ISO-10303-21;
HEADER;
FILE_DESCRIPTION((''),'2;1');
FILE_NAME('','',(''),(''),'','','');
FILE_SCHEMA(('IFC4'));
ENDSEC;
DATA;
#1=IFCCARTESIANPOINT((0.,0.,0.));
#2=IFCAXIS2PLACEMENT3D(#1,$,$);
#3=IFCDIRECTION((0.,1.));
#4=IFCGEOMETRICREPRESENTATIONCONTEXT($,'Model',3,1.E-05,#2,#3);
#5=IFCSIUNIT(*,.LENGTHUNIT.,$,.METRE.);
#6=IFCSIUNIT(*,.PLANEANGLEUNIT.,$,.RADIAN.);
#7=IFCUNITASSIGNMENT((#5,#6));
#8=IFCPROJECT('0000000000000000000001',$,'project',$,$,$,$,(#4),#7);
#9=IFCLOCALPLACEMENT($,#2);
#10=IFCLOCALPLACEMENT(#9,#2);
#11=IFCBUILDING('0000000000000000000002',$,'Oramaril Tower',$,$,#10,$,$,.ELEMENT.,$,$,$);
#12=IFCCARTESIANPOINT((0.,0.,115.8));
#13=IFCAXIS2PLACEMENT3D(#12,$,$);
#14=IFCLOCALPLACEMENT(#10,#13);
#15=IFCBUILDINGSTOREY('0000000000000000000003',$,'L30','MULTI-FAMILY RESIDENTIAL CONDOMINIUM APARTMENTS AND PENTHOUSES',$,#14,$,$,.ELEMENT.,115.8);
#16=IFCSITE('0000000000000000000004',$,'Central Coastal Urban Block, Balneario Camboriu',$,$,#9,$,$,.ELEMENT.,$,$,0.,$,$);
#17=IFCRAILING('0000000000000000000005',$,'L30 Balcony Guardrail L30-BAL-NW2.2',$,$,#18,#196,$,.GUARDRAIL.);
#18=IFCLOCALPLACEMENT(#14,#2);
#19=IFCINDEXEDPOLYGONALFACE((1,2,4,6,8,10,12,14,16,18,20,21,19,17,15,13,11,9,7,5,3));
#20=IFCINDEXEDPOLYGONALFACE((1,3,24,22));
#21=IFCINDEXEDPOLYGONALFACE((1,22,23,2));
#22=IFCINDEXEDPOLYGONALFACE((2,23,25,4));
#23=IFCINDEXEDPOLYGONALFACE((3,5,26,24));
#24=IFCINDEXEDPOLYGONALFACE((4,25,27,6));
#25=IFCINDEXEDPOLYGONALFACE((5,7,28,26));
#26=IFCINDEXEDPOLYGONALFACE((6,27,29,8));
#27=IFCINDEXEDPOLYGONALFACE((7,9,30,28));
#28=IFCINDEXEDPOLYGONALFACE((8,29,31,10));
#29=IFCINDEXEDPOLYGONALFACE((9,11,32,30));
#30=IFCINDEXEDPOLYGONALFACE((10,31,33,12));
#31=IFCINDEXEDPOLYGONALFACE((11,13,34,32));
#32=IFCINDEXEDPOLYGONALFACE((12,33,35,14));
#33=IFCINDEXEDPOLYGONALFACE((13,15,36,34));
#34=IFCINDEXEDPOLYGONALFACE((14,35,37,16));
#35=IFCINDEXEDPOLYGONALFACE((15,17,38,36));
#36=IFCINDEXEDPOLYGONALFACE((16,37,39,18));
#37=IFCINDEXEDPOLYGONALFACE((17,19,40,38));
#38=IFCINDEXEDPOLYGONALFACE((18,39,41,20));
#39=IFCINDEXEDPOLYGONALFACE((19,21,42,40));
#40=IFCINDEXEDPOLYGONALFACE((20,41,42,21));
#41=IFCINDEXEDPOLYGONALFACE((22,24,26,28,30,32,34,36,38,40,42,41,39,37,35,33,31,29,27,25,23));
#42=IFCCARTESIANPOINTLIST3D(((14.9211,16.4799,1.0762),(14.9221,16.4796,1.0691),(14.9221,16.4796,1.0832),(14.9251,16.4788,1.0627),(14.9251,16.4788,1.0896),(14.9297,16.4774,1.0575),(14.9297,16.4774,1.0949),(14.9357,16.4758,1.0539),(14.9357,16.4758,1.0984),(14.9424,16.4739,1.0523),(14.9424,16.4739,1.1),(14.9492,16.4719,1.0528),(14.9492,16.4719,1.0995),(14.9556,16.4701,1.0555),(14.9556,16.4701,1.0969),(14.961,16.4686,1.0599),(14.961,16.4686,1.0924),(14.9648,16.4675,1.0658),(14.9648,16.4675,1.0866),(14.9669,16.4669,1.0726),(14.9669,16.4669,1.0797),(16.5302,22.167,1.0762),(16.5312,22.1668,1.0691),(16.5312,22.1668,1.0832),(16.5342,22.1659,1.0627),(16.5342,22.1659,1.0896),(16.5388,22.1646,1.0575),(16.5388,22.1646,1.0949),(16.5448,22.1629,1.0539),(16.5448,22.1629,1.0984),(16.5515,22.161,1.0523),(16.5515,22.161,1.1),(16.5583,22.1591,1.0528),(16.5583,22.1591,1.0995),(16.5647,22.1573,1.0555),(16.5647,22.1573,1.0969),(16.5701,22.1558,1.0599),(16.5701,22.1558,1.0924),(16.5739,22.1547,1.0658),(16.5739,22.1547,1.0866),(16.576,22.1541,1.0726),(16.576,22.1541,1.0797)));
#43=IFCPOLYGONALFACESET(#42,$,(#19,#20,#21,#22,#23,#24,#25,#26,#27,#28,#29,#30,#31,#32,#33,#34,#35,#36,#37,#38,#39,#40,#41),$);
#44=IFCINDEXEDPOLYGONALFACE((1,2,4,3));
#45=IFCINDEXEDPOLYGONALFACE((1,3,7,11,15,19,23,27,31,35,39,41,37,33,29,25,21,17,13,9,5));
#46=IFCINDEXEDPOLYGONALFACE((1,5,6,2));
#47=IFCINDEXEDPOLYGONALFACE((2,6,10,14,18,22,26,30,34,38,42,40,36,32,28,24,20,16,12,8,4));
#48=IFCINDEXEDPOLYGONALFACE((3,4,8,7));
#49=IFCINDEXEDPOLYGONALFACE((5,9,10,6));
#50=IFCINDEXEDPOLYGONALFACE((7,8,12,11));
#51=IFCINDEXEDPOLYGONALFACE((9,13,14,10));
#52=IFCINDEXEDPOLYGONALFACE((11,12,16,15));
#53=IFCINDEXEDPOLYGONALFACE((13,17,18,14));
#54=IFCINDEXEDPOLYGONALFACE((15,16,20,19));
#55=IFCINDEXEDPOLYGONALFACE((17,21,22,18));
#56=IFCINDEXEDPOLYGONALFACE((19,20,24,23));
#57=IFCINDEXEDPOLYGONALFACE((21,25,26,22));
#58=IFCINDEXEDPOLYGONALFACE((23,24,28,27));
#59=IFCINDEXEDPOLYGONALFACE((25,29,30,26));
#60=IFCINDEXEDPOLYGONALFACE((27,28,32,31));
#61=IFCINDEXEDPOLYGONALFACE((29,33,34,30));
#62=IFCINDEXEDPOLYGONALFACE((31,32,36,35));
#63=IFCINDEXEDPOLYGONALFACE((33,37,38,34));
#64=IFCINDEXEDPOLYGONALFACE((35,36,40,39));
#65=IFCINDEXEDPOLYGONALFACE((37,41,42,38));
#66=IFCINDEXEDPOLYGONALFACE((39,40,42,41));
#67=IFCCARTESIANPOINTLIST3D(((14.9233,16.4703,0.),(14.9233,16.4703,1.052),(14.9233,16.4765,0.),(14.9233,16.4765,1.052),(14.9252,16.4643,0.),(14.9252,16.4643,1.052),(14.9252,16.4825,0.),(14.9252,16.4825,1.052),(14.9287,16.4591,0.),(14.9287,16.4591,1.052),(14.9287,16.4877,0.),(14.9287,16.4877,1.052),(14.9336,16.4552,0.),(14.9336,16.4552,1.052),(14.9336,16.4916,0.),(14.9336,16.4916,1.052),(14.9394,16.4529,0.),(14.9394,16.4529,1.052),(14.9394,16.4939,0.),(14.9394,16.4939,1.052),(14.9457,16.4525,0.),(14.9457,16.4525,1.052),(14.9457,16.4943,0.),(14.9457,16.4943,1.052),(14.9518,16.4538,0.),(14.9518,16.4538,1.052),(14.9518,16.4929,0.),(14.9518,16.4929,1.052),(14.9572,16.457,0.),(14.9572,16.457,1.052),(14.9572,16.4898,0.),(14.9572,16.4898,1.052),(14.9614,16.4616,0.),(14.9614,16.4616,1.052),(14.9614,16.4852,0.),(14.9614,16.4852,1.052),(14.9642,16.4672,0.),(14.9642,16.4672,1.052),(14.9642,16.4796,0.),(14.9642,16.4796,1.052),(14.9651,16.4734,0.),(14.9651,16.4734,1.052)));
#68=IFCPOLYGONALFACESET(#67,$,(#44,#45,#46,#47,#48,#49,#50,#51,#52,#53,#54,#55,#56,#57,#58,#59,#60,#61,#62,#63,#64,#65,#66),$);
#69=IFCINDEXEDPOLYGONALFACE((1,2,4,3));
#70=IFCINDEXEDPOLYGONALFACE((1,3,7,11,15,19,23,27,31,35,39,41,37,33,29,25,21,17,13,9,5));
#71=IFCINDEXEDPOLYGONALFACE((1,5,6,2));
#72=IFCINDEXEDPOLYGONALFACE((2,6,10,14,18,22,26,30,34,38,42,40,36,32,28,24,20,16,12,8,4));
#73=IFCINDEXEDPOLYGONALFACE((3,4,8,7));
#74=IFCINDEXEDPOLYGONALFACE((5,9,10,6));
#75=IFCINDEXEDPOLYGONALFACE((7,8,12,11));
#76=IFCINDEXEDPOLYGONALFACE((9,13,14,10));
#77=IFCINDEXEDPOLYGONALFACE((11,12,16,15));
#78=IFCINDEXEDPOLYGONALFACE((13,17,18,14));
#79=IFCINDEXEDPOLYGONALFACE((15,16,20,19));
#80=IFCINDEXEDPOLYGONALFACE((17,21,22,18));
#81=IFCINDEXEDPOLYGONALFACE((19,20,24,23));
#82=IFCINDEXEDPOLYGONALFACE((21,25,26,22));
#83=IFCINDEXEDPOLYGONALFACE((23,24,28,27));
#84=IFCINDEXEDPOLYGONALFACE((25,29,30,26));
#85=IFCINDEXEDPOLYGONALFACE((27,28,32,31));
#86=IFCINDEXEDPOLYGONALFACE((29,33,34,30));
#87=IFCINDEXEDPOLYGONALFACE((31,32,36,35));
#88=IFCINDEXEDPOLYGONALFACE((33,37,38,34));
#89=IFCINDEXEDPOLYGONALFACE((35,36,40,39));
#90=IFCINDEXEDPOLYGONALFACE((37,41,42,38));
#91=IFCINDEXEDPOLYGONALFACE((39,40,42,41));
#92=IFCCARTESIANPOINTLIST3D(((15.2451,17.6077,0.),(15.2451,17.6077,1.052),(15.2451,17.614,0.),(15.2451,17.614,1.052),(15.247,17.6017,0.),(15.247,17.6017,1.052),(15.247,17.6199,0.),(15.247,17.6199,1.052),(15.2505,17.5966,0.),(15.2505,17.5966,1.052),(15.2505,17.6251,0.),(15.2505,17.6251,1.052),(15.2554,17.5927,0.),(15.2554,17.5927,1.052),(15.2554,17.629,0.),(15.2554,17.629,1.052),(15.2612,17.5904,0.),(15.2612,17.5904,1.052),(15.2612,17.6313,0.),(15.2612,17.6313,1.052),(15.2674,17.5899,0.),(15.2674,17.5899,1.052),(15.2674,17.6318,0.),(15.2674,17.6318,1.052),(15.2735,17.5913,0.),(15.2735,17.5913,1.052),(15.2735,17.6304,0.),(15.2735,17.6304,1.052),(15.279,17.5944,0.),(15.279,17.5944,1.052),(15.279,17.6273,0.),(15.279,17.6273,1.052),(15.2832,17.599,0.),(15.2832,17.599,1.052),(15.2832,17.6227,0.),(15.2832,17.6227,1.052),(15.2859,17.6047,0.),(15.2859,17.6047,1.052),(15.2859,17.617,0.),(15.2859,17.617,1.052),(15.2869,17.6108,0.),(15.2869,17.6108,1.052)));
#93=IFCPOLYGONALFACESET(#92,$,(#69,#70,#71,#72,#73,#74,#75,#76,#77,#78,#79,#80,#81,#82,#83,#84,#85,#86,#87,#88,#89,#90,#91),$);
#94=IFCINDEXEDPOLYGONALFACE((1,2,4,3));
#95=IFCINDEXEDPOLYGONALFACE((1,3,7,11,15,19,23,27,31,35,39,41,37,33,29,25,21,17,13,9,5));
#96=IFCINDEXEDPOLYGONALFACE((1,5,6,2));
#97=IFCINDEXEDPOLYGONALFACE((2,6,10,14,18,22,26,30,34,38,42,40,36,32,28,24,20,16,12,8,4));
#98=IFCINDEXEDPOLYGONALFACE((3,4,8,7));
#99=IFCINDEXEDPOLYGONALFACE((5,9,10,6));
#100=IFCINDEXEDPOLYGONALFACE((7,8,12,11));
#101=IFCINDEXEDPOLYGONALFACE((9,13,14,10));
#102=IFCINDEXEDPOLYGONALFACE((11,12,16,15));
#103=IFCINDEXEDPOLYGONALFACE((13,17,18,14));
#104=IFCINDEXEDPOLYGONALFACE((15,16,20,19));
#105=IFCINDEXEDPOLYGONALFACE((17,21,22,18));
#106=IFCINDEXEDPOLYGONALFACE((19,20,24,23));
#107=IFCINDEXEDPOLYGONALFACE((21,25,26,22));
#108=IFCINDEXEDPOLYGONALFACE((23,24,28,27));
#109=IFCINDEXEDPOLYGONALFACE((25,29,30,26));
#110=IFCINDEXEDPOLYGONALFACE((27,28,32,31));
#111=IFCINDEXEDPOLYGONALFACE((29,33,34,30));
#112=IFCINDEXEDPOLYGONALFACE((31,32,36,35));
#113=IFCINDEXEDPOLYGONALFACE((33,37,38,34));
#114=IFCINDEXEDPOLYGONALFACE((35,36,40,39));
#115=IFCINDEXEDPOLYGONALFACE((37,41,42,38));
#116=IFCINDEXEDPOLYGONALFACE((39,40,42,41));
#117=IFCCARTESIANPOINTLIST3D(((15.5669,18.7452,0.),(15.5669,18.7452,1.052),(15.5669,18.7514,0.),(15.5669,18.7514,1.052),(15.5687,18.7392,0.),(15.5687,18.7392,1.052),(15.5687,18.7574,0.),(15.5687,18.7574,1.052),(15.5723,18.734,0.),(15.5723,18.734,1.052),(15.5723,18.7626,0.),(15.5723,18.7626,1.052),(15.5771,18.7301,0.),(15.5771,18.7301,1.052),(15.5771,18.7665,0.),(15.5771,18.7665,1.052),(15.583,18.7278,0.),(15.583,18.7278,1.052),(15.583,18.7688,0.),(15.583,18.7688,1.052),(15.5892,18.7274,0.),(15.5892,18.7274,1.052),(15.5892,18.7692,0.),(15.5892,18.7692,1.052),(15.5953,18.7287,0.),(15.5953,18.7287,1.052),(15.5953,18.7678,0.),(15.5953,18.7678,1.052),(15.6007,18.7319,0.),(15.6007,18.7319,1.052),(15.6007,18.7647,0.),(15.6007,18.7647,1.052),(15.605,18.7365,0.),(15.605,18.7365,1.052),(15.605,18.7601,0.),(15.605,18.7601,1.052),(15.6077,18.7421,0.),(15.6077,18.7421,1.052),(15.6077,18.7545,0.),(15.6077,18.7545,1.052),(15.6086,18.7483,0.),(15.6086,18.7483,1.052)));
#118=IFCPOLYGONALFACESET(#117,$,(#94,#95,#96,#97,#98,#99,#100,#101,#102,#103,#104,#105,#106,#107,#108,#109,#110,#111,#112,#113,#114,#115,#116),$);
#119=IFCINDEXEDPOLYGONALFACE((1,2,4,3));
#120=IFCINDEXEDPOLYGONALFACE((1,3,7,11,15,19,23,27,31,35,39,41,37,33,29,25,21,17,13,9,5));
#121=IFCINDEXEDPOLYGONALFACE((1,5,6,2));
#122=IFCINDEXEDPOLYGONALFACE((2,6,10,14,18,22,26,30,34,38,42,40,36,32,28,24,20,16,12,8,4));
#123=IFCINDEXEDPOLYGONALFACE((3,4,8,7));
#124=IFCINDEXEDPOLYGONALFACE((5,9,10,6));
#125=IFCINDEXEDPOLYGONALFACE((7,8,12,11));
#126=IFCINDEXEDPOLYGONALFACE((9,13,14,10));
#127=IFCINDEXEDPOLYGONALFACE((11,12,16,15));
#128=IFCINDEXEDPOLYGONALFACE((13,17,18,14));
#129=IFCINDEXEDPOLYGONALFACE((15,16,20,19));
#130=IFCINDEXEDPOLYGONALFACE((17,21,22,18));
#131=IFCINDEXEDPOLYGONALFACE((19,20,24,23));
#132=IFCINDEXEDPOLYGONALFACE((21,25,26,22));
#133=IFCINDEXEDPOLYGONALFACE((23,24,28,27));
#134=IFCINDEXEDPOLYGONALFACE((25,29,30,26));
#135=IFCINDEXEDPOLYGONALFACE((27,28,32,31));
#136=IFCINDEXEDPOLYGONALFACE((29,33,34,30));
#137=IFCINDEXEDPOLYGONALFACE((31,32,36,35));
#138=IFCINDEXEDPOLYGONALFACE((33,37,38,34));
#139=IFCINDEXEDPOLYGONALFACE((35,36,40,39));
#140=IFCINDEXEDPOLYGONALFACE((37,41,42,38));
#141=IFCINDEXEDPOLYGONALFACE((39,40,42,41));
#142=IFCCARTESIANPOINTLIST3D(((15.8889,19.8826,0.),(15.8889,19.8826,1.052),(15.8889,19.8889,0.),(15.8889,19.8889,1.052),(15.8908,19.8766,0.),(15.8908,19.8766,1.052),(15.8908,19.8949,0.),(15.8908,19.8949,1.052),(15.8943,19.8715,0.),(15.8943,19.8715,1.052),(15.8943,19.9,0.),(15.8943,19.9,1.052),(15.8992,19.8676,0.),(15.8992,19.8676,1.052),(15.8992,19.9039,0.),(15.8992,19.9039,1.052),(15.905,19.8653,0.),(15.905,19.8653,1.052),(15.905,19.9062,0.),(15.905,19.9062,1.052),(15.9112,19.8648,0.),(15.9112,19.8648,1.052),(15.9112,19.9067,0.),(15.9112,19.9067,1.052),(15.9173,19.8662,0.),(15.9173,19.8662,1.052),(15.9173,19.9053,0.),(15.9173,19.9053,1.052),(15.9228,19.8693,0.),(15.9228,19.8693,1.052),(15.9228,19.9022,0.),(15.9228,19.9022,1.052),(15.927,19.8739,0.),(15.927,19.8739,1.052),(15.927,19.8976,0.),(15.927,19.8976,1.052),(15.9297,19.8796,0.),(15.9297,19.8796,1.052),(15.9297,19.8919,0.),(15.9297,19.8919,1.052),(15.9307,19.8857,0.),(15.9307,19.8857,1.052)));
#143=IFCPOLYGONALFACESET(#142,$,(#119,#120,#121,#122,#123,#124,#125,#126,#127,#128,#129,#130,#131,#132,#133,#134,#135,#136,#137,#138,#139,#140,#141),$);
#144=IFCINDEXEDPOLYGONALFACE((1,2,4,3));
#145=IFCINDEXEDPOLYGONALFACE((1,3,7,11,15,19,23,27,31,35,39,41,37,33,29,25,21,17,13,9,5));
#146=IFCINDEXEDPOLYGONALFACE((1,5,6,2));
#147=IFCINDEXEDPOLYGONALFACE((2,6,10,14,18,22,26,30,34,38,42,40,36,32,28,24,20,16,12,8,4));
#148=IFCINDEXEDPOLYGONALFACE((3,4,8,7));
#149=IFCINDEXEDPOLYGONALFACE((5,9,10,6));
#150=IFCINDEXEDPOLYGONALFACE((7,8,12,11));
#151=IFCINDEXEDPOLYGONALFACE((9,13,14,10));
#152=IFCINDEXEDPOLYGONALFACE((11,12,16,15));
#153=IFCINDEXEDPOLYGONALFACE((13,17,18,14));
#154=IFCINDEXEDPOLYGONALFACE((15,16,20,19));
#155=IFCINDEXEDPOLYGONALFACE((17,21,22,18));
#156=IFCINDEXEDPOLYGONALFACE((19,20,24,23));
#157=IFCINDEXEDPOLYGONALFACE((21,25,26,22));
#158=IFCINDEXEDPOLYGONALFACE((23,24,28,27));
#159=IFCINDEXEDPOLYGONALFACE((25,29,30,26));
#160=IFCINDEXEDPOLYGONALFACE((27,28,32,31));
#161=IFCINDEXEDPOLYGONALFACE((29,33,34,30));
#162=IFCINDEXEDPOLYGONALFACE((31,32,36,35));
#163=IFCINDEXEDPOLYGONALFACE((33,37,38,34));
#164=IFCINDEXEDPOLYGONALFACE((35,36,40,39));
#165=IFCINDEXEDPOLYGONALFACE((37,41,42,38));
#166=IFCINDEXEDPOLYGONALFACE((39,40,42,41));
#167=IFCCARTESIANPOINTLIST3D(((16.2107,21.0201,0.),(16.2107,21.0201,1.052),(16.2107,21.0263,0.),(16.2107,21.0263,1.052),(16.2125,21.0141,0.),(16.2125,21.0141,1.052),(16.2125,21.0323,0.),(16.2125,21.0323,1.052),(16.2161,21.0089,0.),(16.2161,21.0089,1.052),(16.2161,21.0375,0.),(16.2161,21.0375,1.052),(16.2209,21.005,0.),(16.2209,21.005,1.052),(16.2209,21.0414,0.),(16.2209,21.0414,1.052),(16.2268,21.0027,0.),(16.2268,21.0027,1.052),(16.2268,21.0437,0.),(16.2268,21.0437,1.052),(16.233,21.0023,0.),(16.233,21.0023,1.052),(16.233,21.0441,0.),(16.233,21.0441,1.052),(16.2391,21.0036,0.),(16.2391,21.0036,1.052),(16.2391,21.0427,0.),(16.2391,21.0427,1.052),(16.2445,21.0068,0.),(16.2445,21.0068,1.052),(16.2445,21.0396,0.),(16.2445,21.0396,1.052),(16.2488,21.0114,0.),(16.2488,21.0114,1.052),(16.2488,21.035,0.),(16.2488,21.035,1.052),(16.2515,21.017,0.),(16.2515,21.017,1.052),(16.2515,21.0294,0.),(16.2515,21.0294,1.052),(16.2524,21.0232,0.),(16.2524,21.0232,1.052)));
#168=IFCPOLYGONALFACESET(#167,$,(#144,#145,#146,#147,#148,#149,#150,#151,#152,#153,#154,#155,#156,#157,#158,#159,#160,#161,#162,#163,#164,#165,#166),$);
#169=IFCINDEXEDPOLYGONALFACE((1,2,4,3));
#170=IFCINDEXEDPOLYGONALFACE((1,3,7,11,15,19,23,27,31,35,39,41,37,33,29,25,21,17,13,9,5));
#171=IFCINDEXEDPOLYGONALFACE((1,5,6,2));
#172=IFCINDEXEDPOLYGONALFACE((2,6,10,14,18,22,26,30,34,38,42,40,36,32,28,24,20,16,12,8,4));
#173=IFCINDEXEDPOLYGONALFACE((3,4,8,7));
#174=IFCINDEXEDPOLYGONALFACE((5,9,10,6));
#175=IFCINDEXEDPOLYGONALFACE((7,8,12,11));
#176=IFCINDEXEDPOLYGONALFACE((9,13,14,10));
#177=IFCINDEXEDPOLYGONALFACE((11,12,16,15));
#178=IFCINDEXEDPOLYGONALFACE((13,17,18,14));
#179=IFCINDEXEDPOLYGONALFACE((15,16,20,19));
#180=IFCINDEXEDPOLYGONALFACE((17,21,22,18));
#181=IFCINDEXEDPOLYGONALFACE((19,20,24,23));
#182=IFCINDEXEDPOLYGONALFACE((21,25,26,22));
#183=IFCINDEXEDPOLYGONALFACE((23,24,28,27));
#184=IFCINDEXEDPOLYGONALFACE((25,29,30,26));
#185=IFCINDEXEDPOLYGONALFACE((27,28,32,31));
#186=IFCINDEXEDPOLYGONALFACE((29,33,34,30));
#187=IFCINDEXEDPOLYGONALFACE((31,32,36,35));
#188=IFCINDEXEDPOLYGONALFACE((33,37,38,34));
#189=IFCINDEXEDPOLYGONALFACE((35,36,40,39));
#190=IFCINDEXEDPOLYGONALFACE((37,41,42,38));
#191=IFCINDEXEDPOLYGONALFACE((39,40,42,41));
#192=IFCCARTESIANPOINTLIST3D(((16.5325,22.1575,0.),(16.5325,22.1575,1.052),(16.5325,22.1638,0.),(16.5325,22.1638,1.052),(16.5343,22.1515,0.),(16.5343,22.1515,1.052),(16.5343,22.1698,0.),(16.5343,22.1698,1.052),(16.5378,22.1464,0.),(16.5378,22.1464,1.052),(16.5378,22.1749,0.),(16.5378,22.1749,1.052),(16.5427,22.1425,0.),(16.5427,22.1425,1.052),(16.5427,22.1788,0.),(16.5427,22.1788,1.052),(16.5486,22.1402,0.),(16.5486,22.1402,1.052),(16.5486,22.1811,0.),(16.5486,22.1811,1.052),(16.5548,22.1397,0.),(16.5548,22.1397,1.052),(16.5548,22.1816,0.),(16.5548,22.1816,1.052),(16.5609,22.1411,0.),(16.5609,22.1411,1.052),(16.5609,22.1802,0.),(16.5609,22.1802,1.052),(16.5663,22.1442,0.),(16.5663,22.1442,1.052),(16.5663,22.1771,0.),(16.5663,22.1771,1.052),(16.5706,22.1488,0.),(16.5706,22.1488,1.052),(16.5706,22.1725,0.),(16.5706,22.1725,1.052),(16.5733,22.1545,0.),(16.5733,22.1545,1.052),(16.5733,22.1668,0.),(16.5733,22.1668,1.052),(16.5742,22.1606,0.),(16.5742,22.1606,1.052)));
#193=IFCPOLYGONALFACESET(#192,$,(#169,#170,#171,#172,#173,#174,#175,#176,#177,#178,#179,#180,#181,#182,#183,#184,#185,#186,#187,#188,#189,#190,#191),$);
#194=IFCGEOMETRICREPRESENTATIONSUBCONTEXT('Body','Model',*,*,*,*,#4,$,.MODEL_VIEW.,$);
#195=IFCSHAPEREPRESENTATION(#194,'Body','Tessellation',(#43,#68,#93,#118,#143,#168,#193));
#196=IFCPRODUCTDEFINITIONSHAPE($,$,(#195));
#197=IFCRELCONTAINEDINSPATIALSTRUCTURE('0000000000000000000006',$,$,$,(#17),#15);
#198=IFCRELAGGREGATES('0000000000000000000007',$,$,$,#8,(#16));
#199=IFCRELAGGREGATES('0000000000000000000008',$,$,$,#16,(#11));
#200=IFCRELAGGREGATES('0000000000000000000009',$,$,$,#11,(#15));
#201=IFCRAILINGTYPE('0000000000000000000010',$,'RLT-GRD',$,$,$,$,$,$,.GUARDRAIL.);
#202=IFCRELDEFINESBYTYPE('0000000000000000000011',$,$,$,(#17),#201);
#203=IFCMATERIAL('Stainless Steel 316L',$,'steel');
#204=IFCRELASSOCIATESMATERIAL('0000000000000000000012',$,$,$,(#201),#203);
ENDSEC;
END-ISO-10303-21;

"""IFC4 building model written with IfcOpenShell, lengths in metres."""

from ifc_helpers import new_model, si_unit, direction, frame, origin, origin_2d, place, context, subcontext, project, spatial, circle, extrude, material, type_object, element, save


model = new_model("IFC4")

# Units and contexts
model_context = context("Model", 3, precision=1e-05, world=origin(), true_north=direction((0.0, 1.0)))
body_context = subcontext(model_context, "Body", "Model", "MODEL_VIEW")
ifc_project = project(units=[si_unit("LENGTHUNIT", "METRE"), si_unit("PLANEANGLEUNIT", "RADIAN")], contexts=[model_context])

# Site, building, storey
site_placement = place(None, origin())
site = spatial("IfcSite", under=ifc_project, at=site_placement, Name="Central Coastal Urban Block, Balneario Camboriu", CompositionType="ELEMENT", RefElevation=0.0)
building_placement = place(site_placement, origin())
building = spatial("IfcBuilding", under=site, at=building_placement, Name="Oramaril Tower", CompositionType="ELEMENT")
storey_placement = place(building_placement, frame((0.0, 0.0, 115.8)))
storey = spatial("IfcBuildingStorey", under=building, at=storey_placement, Name="L30", Description="MULTI-FAMILY RESIDENTIAL CONDOMINIUM APARTMENTS AND PENTHOUSES", CompositionType="ELEMENT", Elevation=115.8)

# Railing
ifc_material_1 = material(Name="Stainless Steel 316L", Category="steel")
railing_type = type_object("IfcRailingType", Name="RLT-GRD", PredefinedType="GUARDRAIL", material=ifc_material_1)
railing_1_placement = place(storey_placement, frame((14.9441, 16.4734, 0.0)))
element("IfcRailing", 1, at=railing_1_placement, inside=storey, type_object=railing_type, Name="L30 Balcony Guardrail L30-BAL-NW2.2", PredefinedType="GUARDRAIL", context=body_context, shape_type="SweptSolid", body=[
    extrude(circle(Radius=0.0239, at=origin_2d()), frame((0.0, 0.0, 1.0762), z_axis=(0.272249, 0.962227, 0.0), x_axis=(-0.962227, 0.272249, 0.0)), (0.0, 0.0, 1.0), 5.9104),
    extrude(circle(Radius=0.021, at=origin_2d()), origin(), (0.0, 0.0, 1.0), 1.052),
    extrude(circle(Radius=0.021, at=origin_2d()), frame((0.3218, 1.1375, 0.0)), (0.0, 0.0, 1.0), 1.052),
    extrude(circle(Radius=0.021, at=origin_2d()), frame((0.6436, 2.2749, 0.0)), (0.0, 0.0, 1.0), 1.052),
    extrude(circle(Radius=0.021, at=origin_2d()), frame((0.9656, 3.4124, 0.0)), (0.0, 0.0, 1.0), 1.052),
    extrude(circle(Radius=0.021, at=origin_2d()), frame((1.2874, 4.5498, 0.0)), (0.0, 0.0, 1.0), 1.052),
    extrude(circle(Radius=0.021, at=origin_2d()), frame((1.6091, 5.6873, 0.0)), (0.0, 0.0, 1.0), 1.052),
])

save(model, "model.ifc")
